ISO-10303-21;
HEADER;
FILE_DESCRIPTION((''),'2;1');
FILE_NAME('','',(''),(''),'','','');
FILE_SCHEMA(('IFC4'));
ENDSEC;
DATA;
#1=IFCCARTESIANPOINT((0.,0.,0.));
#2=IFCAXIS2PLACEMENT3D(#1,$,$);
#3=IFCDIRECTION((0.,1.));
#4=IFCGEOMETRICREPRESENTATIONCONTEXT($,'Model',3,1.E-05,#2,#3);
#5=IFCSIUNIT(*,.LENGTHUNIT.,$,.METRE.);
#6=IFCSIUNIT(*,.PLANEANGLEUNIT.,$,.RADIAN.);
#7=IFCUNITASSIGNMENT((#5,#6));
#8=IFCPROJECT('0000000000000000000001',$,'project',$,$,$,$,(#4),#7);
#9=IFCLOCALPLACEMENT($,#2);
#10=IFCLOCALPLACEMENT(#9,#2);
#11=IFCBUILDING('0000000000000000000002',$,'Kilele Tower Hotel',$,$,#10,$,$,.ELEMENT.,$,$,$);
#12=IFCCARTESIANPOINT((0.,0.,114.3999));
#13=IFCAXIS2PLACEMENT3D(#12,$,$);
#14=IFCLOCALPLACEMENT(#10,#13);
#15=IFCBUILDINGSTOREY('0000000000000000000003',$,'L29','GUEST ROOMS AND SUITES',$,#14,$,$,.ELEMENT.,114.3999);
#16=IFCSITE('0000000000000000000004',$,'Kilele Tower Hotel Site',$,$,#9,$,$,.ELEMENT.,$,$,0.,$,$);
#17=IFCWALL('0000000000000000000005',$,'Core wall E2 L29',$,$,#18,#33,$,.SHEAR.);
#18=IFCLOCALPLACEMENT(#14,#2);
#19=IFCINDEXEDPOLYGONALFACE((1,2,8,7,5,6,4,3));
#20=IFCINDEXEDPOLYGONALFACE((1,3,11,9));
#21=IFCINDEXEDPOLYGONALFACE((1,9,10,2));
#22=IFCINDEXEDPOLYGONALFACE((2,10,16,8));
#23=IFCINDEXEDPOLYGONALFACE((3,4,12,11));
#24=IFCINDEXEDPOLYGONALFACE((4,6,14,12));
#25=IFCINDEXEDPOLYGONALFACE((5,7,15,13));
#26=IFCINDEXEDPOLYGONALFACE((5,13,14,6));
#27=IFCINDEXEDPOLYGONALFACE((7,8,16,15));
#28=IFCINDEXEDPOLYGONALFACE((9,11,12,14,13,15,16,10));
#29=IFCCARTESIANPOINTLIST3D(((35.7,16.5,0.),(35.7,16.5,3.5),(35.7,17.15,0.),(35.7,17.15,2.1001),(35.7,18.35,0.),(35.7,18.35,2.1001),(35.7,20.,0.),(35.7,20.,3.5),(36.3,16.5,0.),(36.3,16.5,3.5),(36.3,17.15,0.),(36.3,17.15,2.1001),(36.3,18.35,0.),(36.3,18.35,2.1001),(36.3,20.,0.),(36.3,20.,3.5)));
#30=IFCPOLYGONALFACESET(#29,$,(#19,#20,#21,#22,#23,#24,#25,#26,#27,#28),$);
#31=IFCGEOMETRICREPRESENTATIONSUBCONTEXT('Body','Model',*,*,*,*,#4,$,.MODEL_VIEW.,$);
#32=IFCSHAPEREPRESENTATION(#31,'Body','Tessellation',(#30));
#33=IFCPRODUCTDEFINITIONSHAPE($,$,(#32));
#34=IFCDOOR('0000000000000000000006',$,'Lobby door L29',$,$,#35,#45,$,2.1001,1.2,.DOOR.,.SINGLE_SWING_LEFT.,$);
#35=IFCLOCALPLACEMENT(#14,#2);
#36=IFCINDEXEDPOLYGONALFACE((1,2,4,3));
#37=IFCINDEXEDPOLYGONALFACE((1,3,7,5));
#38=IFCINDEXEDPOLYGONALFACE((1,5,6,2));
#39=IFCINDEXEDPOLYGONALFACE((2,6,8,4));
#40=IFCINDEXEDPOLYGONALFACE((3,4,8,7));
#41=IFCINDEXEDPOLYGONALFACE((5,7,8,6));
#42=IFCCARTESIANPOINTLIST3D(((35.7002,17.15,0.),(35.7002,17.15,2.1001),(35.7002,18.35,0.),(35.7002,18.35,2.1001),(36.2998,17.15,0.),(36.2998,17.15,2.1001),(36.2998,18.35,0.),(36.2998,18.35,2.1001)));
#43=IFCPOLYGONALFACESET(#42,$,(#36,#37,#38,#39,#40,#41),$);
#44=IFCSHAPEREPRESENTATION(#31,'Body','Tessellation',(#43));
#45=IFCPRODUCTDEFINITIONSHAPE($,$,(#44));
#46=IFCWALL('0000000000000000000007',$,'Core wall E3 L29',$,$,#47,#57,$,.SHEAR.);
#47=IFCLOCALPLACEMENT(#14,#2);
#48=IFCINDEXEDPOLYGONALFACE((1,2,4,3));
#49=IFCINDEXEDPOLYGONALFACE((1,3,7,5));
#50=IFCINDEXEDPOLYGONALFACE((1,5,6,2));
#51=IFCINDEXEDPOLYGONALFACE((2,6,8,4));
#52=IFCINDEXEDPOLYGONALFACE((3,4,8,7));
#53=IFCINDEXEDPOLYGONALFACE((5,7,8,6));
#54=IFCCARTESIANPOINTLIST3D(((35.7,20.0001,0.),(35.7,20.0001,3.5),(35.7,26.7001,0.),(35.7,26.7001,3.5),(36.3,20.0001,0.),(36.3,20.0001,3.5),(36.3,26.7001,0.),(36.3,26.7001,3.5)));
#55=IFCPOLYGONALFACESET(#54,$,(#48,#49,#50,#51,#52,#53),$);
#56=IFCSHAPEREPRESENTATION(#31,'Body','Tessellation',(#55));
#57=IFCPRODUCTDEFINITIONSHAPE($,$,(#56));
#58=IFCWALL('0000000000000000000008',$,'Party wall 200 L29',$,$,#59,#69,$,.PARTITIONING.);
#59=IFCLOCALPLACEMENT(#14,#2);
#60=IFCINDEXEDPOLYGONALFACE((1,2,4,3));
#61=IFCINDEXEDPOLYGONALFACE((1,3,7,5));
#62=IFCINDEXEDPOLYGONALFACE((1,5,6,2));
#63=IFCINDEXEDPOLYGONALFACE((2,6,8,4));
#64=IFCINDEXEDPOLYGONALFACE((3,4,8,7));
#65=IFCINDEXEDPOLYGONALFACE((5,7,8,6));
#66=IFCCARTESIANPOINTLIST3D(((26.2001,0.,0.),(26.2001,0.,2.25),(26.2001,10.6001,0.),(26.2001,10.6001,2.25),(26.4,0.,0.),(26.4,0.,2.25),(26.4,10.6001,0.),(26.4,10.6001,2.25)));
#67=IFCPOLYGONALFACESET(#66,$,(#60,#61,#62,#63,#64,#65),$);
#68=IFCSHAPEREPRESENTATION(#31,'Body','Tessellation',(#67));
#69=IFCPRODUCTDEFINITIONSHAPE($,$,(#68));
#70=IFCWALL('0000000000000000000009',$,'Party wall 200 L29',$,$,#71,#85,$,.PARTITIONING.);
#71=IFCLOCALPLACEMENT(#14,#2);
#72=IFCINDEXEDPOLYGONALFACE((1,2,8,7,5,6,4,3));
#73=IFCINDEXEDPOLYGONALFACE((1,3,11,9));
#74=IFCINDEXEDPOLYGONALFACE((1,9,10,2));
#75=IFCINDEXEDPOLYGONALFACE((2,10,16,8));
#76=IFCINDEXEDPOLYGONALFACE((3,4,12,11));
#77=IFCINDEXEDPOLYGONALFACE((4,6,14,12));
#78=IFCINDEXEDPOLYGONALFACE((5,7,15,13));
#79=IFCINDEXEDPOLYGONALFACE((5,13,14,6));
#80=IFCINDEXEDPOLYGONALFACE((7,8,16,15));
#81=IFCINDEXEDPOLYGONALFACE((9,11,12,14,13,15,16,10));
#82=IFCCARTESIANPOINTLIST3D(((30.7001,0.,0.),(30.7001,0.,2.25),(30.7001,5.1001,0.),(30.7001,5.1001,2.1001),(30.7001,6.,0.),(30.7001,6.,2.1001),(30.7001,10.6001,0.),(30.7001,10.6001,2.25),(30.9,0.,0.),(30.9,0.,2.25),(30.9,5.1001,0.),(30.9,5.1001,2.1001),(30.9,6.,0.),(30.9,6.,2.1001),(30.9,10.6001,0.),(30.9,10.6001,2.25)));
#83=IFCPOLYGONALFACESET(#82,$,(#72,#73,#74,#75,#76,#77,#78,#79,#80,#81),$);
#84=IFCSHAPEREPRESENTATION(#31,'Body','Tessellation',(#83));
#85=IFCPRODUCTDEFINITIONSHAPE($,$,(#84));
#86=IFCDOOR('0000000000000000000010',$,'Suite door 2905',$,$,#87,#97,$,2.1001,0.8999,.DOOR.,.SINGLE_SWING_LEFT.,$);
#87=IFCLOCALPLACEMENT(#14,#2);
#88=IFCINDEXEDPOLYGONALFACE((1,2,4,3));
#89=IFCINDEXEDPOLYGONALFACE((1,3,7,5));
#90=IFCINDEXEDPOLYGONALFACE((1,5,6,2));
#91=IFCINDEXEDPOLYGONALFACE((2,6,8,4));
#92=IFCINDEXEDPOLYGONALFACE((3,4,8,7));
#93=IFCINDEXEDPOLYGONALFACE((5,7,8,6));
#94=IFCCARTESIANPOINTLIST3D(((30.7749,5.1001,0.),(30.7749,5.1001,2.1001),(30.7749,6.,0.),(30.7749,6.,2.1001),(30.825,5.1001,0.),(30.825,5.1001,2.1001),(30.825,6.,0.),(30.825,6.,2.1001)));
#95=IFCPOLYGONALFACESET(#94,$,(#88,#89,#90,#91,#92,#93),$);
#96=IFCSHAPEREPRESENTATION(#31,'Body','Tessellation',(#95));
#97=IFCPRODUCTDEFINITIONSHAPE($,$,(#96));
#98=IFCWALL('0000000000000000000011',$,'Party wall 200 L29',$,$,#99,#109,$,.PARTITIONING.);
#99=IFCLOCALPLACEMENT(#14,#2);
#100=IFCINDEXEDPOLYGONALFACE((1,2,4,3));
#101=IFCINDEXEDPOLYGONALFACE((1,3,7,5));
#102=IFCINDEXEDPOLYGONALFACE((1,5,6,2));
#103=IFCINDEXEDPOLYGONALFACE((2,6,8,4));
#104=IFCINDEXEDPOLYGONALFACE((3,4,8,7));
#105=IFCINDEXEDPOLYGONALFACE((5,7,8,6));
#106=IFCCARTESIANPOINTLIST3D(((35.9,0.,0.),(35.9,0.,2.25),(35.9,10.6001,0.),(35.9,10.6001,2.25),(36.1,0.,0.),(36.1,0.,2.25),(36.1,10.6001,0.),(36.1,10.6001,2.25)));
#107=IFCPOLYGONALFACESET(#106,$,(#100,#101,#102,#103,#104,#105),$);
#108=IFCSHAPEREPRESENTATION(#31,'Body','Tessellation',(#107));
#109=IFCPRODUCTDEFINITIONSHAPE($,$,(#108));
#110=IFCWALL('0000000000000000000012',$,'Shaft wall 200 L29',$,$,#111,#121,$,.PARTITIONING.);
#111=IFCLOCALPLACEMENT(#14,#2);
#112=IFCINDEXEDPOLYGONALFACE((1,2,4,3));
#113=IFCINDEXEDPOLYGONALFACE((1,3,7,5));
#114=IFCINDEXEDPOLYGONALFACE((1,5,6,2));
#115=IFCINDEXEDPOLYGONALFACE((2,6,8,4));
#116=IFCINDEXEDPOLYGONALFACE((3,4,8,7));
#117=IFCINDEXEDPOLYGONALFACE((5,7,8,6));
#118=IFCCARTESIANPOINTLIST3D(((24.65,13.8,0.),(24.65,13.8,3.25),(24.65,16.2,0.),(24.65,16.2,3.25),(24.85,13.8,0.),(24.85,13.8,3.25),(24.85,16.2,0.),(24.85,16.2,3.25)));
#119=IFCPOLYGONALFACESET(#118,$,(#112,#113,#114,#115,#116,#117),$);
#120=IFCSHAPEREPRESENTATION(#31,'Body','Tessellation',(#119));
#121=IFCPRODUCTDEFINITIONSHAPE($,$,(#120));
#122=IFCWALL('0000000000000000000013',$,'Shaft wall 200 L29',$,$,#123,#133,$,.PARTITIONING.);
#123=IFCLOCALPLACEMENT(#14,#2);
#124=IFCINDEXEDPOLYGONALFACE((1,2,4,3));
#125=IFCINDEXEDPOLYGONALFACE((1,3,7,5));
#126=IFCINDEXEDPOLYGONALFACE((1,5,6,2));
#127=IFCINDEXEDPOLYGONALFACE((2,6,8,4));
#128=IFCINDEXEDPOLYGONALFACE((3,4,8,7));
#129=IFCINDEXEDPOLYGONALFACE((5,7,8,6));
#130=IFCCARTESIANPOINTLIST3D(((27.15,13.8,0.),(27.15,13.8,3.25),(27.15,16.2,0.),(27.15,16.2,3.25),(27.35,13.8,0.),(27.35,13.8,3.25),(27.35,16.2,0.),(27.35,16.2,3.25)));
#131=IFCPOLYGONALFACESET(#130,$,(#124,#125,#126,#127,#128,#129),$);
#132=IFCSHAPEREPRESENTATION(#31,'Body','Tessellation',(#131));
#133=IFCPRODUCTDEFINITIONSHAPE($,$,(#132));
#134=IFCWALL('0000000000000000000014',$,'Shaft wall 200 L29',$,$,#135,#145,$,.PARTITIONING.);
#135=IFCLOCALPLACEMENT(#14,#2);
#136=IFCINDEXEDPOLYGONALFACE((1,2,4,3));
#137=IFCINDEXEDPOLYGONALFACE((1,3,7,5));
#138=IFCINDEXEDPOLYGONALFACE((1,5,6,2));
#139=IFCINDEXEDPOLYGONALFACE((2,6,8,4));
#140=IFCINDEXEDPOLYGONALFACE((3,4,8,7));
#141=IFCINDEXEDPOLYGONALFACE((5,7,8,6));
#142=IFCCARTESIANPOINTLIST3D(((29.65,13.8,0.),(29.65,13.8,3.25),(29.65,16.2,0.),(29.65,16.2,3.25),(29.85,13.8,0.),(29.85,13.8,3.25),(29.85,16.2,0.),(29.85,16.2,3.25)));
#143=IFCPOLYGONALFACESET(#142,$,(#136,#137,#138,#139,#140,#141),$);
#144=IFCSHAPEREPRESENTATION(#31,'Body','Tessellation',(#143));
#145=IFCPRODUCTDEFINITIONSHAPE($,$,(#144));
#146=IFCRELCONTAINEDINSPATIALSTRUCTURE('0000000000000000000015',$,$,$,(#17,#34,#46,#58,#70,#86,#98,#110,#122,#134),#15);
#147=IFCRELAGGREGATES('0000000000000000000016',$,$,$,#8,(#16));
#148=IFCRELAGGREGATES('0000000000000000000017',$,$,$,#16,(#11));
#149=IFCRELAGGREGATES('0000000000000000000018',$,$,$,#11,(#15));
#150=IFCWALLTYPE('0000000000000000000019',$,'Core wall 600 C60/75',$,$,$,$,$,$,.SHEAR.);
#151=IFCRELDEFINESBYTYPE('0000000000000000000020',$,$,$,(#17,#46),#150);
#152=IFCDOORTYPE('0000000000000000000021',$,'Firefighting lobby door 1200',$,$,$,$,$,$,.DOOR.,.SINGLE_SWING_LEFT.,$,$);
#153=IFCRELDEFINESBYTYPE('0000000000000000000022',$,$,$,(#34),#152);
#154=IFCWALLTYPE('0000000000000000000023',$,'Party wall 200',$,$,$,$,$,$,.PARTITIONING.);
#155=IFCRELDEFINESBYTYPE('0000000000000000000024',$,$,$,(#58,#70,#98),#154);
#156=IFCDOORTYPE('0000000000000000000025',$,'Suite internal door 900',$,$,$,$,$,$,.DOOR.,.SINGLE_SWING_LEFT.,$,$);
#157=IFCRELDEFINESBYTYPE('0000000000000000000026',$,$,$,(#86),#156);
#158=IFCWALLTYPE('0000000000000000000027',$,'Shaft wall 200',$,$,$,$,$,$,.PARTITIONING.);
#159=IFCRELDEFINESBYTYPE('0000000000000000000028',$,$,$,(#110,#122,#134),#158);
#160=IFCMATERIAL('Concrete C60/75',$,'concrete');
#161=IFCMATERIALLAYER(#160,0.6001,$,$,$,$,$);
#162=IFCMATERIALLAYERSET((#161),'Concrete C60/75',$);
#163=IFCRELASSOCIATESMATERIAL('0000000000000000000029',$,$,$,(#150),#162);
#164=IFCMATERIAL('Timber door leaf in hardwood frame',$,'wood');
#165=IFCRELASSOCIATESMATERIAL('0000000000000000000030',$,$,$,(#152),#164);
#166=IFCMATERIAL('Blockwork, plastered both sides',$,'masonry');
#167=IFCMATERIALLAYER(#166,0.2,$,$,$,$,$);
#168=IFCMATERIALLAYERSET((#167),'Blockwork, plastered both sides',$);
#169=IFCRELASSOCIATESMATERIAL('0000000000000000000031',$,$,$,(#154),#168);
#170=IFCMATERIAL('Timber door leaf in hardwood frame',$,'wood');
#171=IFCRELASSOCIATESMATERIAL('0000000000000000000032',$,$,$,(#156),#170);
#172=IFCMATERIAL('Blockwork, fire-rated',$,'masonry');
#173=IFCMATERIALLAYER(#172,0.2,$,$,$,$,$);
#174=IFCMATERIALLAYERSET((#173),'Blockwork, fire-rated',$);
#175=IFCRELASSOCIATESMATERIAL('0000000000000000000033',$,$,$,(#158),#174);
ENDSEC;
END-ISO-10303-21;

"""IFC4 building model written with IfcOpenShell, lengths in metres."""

from ifc_helpers import new_model, si_unit, direction, frame, frame_2d, origin, place, context, subcontext, project, spatial, rectangle, extrude, material, layer, layer_set, type_object, element, fill, save


model = new_model("IFC4")

# Units and contexts
model_context = context("Model", 3, precision=1e-05, world=origin(), true_north=direction((0.0, 1.0)))
body_context = subcontext(model_context, "Body", "Model", "MODEL_VIEW")
ifc_project = project(units=[si_unit("LENGTHUNIT", "METRE"), si_unit("PLANEANGLEUNIT", "RADIAN")], contexts=[model_context])

# Site, building, storey
site_placement = place(None, origin())
site = spatial("IfcSite", under=ifc_project, at=site_placement, Name="Kilele Tower Hotel Site", CompositionType="ELEMENT", RefElevation=0.0)
building_placement = place(site_placement, origin())
building = spatial("IfcBuilding", under=site, at=building_placement, Name="Kilele Tower Hotel", CompositionType="ELEMENT")
storey_placement = place(building_placement, frame((0.0, 0.0, 114.3999)))
storey = spatial("IfcBuildingStorey", under=building, at=storey_placement, Name="L29", Description="GUEST ROOMS AND SUITES", CompositionType="ELEMENT", Elevation=114.3999)

# Shared definitions
ifc_material_1 = material(Name="Concrete C60/75", Category="concrete")
ifc_layer_1 = layer(ifc_material_1, 0.6001)
ifc_layer_set_1 = layer_set([ifc_layer_1], Name="Concrete C60/75")
wall_type_1 = type_object("IfcWallType", Name="Core wall 600 C60/75", PredefinedType="SHEAR", material=ifc_layer_set_1)
ifc_material_2 = material(Name="Timber door leaf in hardwood frame", Category="wood")
door_type_1 = type_object("IfcDoorType", Name="Firefighting lobby door 1200", OperationType="SINGLE_SWING_LEFT", PredefinedType="DOOR", material=ifc_material_2)

# Wall, opening, door
wall_1_placement = place(storey_placement, frame((36.0, 16.5, 0.0), z_axis=(0.0, 0.0, 1.0), x_axis=(0.0, 1.0, 0.0)))
wall_1 = element("IfcWall", 1, at=wall_1_placement, inside=storey, type_object=wall_type_1, Name="Core wall E2 L29", PredefinedType="SHEAR", context=body_context, shape_type="SweptSolid", body=[
    extrude(rectangle(XDim=3.5, YDim=0.6001, at=frame_2d((1.75, 0.0))), origin(), (0.0, 0.0, 1.0), 3.5),
])
opening_1_placement = place(wall_1_placement, frame((0.6499, 0.0, 0.0)))
opening_1 = element("IfcOpeningElement", 2, at=opening_1_placement, cuts=wall_1, PredefinedType="OPENING", context=body_context, shape_type="SweptSolid", body=[
    extrude(rectangle(XDim=1.2, YDim=2.1001, at=frame_2d((0.6001, 1.05))), frame((0.0, 0.3101, 0.0), z_axis=(0.0, -1.0, 0.0), x_axis=(1.0, 0.0, 0.0)), (0.0, 0.0, 1.0), 0.6201),
])
door_1_placement = place(opening_1_placement, origin())
door_1 = element("IfcDoor", 3, at=door_1_placement, inside=storey, type_object=door_type_1, Name="Lobby door L29", OperationType="SINGLE_SWING_LEFT", OverallHeight=2.1001, OverallWidth=1.2, PredefinedType="DOOR", context=body_context, shape_type="SweptSolid", body=[
    extrude(rectangle(XDim=1.2, YDim=2.1001, at=frame_2d((0.6001, 1.05))), frame((0.0, 0.2998, 0.0), z_axis=(0.0, -1.0, 0.0), x_axis=(1.0, 0.0, 0.0)), (0.0, 0.0, 1.0), 0.5996),
])
fill(opening_1, door_1)

# Walls
wall_2_placement = place(storey_placement, frame((36.0, 20.0, 0.0), z_axis=(0.0, 0.0, 1.0), x_axis=(0.0, 1.0, 0.0)))
element("IfcWall", 4, at=wall_2_placement, inside=storey, type_object=wall_type_1, Name="Core wall E3 L29", PredefinedType="SHEAR", context=body_context, shape_type="SweptSolid", body=[
    extrude(rectangle(XDim=6.7, YDim=0.6001, at=frame_2d((3.3501, 0.0))), origin(), (0.0, 0.0, 1.0), 3.5),
])
ifc_material_3 = material(Name="Blockwork, plastered both sides", Category="masonry")
ifc_layer_2 = layer(ifc_material_3, 0.2)
ifc_layer_set_2 = layer_set([ifc_layer_2], Name="Blockwork, plastered both sides")
wall_type_2 = type_object("IfcWallType", Name="Party wall 200", PredefinedType="PARTITIONING", material=ifc_layer_set_2)
wall_3_placement = place(storey_placement, frame((26.3, 10.6001, 0.0), z_axis=(0.0, 0.0, 1.0), x_axis=(0.0, -1.0, 0.0)))
element("IfcWall", 5, at=wall_3_placement, inside=storey, type_object=wall_type_2, Name="Party wall 200 L29", PredefinedType="PARTITIONING", context=body_context, shape_type="SweptSolid", body=[
    extrude(rectangle(XDim=10.6001, YDim=0.2, at=frame_2d((5.3, 0.0))), origin(), (0.0, 0.0, 1.0), 2.25),
])

# Wall, opening, door
wall_4_placement = place(storey_placement, frame((30.8, 10.6001, 0.0), z_axis=(0.0, 0.0, 1.0), x_axis=(0.0, -1.0, 0.0)))
wall_4 = element("IfcWall", 6, at=wall_4_placement, inside=storey, type_object=wall_type_2, Name="Party wall 200 L29", PredefinedType="PARTITIONING", context=body_context, shape_type="SweptSolid", body=[
    extrude(rectangle(XDim=10.6001, YDim=0.2, at=frame_2d((5.3, 0.0))), origin(), (0.0, 0.0, 1.0), 2.25),
])
opening_2_placement = place(wall_4_placement, frame((4.6001, 0.0, 0.0)))
opening_2 = element("IfcOpeningElement", 7, at=opening_2_placement, cuts=wall_4, PredefinedType="OPENING", context=body_context, shape_type="SweptSolid", body=[
    extrude(rectangle(XDim=0.8999, YDim=2.1001, at=frame_2d((0.45, 1.05))), frame((0.0, 0.1099, 0.0), z_axis=(0.0, -1.0, 0.0), x_axis=(1.0, 0.0, 0.0)), (0.0, 0.0, 1.0), 0.22),
])
ifc_material_4 = material(Name="Timber door leaf in hardwood frame", Category="wood")
door_type_2 = type_object("IfcDoorType", Name="Suite internal door 900", OperationType="SINGLE_SWING_LEFT", PredefinedType="DOOR", material=ifc_material_4)
door_2_placement = place(opening_2_placement, origin())
door_2 = element("IfcDoor", 8, at=door_2_placement, inside=storey, type_object=door_type_2, Name="Suite door 2905", OperationType="SINGLE_SWING_LEFT", OverallHeight=2.1001, OverallWidth=0.8999, PredefinedType="DOOR", context=body_context, shape_type="SweptSolid", body=[
    extrude(rectangle(XDim=0.8999, YDim=2.1001, at=frame_2d((0.45, 1.05))), frame((0.0, 0.0249, 0.0), z_axis=(0.0, -1.0, 0.0), x_axis=(1.0, 0.0, 0.0)), (0.0, 0.0, 1.0), 0.05),
])
fill(opening_2, door_2)

# Walls
wall_5_placement = place(storey_placement, frame((36.0, 10.6001, 0.0), z_axis=(0.0, 0.0, 1.0), x_axis=(0.0, -1.0, 0.0)))
element("IfcWall", 9, at=wall_5_placement, inside=storey, type_object=wall_type_2, Name="Party wall 200 L29", PredefinedType="PARTITIONING", context=body_context, shape_type="SweptSolid", body=[
    extrude(rectangle(XDim=10.6001, YDim=0.2, at=frame_2d((5.3, 0.0))), origin(), (0.0, 0.0, 1.0), 2.25),
])
ifc_material_5 = material(Name="Blockwork, fire-rated", Category="masonry")
ifc_layer_3 = layer(ifc_material_5, 0.2)
ifc_layer_set_3 = layer_set([ifc_layer_3], Name="Blockwork, fire-rated")
wall_type_3 = type_object("IfcWallType", Name="Shaft wall 200", PredefinedType="PARTITIONING", material=ifc_layer_set_3)
for number, where, z_axis, x_axis, name in (
    (10, (24.75, 13.8, 0.0), (0.0, 0.0, 1.0), (0.0, 1.0, 0.0), "Shaft wall 200 L29"),
    (11, (27.25, 13.8, 0.0), (0.0, 0.0, 1.0), (0.0, 1.0, 0.0), "Shaft wall 200 L29"),
    (12, (29.75, 13.8, 0.0), (0.0, 0.0, 1.0), (0.0, 1.0, 0.0), "Shaft wall 200 L29"),
):
    element("IfcWall", number, at=place(storey_placement, frame(where, z_axis=z_axis, x_axis=x_axis)), inside=storey, type_object=wall_type_3, Name=name, PredefinedType="PARTITIONING", context=body_context, shape_type="SweptSolid", body=[
        extrude(rectangle(XDim=2.3999, YDim=0.2, at=frame_2d((1.2, 0.0))), origin(), (0.0, 0.0, 1.0), 3.25),
    ])

save(model, "model.ifc")
